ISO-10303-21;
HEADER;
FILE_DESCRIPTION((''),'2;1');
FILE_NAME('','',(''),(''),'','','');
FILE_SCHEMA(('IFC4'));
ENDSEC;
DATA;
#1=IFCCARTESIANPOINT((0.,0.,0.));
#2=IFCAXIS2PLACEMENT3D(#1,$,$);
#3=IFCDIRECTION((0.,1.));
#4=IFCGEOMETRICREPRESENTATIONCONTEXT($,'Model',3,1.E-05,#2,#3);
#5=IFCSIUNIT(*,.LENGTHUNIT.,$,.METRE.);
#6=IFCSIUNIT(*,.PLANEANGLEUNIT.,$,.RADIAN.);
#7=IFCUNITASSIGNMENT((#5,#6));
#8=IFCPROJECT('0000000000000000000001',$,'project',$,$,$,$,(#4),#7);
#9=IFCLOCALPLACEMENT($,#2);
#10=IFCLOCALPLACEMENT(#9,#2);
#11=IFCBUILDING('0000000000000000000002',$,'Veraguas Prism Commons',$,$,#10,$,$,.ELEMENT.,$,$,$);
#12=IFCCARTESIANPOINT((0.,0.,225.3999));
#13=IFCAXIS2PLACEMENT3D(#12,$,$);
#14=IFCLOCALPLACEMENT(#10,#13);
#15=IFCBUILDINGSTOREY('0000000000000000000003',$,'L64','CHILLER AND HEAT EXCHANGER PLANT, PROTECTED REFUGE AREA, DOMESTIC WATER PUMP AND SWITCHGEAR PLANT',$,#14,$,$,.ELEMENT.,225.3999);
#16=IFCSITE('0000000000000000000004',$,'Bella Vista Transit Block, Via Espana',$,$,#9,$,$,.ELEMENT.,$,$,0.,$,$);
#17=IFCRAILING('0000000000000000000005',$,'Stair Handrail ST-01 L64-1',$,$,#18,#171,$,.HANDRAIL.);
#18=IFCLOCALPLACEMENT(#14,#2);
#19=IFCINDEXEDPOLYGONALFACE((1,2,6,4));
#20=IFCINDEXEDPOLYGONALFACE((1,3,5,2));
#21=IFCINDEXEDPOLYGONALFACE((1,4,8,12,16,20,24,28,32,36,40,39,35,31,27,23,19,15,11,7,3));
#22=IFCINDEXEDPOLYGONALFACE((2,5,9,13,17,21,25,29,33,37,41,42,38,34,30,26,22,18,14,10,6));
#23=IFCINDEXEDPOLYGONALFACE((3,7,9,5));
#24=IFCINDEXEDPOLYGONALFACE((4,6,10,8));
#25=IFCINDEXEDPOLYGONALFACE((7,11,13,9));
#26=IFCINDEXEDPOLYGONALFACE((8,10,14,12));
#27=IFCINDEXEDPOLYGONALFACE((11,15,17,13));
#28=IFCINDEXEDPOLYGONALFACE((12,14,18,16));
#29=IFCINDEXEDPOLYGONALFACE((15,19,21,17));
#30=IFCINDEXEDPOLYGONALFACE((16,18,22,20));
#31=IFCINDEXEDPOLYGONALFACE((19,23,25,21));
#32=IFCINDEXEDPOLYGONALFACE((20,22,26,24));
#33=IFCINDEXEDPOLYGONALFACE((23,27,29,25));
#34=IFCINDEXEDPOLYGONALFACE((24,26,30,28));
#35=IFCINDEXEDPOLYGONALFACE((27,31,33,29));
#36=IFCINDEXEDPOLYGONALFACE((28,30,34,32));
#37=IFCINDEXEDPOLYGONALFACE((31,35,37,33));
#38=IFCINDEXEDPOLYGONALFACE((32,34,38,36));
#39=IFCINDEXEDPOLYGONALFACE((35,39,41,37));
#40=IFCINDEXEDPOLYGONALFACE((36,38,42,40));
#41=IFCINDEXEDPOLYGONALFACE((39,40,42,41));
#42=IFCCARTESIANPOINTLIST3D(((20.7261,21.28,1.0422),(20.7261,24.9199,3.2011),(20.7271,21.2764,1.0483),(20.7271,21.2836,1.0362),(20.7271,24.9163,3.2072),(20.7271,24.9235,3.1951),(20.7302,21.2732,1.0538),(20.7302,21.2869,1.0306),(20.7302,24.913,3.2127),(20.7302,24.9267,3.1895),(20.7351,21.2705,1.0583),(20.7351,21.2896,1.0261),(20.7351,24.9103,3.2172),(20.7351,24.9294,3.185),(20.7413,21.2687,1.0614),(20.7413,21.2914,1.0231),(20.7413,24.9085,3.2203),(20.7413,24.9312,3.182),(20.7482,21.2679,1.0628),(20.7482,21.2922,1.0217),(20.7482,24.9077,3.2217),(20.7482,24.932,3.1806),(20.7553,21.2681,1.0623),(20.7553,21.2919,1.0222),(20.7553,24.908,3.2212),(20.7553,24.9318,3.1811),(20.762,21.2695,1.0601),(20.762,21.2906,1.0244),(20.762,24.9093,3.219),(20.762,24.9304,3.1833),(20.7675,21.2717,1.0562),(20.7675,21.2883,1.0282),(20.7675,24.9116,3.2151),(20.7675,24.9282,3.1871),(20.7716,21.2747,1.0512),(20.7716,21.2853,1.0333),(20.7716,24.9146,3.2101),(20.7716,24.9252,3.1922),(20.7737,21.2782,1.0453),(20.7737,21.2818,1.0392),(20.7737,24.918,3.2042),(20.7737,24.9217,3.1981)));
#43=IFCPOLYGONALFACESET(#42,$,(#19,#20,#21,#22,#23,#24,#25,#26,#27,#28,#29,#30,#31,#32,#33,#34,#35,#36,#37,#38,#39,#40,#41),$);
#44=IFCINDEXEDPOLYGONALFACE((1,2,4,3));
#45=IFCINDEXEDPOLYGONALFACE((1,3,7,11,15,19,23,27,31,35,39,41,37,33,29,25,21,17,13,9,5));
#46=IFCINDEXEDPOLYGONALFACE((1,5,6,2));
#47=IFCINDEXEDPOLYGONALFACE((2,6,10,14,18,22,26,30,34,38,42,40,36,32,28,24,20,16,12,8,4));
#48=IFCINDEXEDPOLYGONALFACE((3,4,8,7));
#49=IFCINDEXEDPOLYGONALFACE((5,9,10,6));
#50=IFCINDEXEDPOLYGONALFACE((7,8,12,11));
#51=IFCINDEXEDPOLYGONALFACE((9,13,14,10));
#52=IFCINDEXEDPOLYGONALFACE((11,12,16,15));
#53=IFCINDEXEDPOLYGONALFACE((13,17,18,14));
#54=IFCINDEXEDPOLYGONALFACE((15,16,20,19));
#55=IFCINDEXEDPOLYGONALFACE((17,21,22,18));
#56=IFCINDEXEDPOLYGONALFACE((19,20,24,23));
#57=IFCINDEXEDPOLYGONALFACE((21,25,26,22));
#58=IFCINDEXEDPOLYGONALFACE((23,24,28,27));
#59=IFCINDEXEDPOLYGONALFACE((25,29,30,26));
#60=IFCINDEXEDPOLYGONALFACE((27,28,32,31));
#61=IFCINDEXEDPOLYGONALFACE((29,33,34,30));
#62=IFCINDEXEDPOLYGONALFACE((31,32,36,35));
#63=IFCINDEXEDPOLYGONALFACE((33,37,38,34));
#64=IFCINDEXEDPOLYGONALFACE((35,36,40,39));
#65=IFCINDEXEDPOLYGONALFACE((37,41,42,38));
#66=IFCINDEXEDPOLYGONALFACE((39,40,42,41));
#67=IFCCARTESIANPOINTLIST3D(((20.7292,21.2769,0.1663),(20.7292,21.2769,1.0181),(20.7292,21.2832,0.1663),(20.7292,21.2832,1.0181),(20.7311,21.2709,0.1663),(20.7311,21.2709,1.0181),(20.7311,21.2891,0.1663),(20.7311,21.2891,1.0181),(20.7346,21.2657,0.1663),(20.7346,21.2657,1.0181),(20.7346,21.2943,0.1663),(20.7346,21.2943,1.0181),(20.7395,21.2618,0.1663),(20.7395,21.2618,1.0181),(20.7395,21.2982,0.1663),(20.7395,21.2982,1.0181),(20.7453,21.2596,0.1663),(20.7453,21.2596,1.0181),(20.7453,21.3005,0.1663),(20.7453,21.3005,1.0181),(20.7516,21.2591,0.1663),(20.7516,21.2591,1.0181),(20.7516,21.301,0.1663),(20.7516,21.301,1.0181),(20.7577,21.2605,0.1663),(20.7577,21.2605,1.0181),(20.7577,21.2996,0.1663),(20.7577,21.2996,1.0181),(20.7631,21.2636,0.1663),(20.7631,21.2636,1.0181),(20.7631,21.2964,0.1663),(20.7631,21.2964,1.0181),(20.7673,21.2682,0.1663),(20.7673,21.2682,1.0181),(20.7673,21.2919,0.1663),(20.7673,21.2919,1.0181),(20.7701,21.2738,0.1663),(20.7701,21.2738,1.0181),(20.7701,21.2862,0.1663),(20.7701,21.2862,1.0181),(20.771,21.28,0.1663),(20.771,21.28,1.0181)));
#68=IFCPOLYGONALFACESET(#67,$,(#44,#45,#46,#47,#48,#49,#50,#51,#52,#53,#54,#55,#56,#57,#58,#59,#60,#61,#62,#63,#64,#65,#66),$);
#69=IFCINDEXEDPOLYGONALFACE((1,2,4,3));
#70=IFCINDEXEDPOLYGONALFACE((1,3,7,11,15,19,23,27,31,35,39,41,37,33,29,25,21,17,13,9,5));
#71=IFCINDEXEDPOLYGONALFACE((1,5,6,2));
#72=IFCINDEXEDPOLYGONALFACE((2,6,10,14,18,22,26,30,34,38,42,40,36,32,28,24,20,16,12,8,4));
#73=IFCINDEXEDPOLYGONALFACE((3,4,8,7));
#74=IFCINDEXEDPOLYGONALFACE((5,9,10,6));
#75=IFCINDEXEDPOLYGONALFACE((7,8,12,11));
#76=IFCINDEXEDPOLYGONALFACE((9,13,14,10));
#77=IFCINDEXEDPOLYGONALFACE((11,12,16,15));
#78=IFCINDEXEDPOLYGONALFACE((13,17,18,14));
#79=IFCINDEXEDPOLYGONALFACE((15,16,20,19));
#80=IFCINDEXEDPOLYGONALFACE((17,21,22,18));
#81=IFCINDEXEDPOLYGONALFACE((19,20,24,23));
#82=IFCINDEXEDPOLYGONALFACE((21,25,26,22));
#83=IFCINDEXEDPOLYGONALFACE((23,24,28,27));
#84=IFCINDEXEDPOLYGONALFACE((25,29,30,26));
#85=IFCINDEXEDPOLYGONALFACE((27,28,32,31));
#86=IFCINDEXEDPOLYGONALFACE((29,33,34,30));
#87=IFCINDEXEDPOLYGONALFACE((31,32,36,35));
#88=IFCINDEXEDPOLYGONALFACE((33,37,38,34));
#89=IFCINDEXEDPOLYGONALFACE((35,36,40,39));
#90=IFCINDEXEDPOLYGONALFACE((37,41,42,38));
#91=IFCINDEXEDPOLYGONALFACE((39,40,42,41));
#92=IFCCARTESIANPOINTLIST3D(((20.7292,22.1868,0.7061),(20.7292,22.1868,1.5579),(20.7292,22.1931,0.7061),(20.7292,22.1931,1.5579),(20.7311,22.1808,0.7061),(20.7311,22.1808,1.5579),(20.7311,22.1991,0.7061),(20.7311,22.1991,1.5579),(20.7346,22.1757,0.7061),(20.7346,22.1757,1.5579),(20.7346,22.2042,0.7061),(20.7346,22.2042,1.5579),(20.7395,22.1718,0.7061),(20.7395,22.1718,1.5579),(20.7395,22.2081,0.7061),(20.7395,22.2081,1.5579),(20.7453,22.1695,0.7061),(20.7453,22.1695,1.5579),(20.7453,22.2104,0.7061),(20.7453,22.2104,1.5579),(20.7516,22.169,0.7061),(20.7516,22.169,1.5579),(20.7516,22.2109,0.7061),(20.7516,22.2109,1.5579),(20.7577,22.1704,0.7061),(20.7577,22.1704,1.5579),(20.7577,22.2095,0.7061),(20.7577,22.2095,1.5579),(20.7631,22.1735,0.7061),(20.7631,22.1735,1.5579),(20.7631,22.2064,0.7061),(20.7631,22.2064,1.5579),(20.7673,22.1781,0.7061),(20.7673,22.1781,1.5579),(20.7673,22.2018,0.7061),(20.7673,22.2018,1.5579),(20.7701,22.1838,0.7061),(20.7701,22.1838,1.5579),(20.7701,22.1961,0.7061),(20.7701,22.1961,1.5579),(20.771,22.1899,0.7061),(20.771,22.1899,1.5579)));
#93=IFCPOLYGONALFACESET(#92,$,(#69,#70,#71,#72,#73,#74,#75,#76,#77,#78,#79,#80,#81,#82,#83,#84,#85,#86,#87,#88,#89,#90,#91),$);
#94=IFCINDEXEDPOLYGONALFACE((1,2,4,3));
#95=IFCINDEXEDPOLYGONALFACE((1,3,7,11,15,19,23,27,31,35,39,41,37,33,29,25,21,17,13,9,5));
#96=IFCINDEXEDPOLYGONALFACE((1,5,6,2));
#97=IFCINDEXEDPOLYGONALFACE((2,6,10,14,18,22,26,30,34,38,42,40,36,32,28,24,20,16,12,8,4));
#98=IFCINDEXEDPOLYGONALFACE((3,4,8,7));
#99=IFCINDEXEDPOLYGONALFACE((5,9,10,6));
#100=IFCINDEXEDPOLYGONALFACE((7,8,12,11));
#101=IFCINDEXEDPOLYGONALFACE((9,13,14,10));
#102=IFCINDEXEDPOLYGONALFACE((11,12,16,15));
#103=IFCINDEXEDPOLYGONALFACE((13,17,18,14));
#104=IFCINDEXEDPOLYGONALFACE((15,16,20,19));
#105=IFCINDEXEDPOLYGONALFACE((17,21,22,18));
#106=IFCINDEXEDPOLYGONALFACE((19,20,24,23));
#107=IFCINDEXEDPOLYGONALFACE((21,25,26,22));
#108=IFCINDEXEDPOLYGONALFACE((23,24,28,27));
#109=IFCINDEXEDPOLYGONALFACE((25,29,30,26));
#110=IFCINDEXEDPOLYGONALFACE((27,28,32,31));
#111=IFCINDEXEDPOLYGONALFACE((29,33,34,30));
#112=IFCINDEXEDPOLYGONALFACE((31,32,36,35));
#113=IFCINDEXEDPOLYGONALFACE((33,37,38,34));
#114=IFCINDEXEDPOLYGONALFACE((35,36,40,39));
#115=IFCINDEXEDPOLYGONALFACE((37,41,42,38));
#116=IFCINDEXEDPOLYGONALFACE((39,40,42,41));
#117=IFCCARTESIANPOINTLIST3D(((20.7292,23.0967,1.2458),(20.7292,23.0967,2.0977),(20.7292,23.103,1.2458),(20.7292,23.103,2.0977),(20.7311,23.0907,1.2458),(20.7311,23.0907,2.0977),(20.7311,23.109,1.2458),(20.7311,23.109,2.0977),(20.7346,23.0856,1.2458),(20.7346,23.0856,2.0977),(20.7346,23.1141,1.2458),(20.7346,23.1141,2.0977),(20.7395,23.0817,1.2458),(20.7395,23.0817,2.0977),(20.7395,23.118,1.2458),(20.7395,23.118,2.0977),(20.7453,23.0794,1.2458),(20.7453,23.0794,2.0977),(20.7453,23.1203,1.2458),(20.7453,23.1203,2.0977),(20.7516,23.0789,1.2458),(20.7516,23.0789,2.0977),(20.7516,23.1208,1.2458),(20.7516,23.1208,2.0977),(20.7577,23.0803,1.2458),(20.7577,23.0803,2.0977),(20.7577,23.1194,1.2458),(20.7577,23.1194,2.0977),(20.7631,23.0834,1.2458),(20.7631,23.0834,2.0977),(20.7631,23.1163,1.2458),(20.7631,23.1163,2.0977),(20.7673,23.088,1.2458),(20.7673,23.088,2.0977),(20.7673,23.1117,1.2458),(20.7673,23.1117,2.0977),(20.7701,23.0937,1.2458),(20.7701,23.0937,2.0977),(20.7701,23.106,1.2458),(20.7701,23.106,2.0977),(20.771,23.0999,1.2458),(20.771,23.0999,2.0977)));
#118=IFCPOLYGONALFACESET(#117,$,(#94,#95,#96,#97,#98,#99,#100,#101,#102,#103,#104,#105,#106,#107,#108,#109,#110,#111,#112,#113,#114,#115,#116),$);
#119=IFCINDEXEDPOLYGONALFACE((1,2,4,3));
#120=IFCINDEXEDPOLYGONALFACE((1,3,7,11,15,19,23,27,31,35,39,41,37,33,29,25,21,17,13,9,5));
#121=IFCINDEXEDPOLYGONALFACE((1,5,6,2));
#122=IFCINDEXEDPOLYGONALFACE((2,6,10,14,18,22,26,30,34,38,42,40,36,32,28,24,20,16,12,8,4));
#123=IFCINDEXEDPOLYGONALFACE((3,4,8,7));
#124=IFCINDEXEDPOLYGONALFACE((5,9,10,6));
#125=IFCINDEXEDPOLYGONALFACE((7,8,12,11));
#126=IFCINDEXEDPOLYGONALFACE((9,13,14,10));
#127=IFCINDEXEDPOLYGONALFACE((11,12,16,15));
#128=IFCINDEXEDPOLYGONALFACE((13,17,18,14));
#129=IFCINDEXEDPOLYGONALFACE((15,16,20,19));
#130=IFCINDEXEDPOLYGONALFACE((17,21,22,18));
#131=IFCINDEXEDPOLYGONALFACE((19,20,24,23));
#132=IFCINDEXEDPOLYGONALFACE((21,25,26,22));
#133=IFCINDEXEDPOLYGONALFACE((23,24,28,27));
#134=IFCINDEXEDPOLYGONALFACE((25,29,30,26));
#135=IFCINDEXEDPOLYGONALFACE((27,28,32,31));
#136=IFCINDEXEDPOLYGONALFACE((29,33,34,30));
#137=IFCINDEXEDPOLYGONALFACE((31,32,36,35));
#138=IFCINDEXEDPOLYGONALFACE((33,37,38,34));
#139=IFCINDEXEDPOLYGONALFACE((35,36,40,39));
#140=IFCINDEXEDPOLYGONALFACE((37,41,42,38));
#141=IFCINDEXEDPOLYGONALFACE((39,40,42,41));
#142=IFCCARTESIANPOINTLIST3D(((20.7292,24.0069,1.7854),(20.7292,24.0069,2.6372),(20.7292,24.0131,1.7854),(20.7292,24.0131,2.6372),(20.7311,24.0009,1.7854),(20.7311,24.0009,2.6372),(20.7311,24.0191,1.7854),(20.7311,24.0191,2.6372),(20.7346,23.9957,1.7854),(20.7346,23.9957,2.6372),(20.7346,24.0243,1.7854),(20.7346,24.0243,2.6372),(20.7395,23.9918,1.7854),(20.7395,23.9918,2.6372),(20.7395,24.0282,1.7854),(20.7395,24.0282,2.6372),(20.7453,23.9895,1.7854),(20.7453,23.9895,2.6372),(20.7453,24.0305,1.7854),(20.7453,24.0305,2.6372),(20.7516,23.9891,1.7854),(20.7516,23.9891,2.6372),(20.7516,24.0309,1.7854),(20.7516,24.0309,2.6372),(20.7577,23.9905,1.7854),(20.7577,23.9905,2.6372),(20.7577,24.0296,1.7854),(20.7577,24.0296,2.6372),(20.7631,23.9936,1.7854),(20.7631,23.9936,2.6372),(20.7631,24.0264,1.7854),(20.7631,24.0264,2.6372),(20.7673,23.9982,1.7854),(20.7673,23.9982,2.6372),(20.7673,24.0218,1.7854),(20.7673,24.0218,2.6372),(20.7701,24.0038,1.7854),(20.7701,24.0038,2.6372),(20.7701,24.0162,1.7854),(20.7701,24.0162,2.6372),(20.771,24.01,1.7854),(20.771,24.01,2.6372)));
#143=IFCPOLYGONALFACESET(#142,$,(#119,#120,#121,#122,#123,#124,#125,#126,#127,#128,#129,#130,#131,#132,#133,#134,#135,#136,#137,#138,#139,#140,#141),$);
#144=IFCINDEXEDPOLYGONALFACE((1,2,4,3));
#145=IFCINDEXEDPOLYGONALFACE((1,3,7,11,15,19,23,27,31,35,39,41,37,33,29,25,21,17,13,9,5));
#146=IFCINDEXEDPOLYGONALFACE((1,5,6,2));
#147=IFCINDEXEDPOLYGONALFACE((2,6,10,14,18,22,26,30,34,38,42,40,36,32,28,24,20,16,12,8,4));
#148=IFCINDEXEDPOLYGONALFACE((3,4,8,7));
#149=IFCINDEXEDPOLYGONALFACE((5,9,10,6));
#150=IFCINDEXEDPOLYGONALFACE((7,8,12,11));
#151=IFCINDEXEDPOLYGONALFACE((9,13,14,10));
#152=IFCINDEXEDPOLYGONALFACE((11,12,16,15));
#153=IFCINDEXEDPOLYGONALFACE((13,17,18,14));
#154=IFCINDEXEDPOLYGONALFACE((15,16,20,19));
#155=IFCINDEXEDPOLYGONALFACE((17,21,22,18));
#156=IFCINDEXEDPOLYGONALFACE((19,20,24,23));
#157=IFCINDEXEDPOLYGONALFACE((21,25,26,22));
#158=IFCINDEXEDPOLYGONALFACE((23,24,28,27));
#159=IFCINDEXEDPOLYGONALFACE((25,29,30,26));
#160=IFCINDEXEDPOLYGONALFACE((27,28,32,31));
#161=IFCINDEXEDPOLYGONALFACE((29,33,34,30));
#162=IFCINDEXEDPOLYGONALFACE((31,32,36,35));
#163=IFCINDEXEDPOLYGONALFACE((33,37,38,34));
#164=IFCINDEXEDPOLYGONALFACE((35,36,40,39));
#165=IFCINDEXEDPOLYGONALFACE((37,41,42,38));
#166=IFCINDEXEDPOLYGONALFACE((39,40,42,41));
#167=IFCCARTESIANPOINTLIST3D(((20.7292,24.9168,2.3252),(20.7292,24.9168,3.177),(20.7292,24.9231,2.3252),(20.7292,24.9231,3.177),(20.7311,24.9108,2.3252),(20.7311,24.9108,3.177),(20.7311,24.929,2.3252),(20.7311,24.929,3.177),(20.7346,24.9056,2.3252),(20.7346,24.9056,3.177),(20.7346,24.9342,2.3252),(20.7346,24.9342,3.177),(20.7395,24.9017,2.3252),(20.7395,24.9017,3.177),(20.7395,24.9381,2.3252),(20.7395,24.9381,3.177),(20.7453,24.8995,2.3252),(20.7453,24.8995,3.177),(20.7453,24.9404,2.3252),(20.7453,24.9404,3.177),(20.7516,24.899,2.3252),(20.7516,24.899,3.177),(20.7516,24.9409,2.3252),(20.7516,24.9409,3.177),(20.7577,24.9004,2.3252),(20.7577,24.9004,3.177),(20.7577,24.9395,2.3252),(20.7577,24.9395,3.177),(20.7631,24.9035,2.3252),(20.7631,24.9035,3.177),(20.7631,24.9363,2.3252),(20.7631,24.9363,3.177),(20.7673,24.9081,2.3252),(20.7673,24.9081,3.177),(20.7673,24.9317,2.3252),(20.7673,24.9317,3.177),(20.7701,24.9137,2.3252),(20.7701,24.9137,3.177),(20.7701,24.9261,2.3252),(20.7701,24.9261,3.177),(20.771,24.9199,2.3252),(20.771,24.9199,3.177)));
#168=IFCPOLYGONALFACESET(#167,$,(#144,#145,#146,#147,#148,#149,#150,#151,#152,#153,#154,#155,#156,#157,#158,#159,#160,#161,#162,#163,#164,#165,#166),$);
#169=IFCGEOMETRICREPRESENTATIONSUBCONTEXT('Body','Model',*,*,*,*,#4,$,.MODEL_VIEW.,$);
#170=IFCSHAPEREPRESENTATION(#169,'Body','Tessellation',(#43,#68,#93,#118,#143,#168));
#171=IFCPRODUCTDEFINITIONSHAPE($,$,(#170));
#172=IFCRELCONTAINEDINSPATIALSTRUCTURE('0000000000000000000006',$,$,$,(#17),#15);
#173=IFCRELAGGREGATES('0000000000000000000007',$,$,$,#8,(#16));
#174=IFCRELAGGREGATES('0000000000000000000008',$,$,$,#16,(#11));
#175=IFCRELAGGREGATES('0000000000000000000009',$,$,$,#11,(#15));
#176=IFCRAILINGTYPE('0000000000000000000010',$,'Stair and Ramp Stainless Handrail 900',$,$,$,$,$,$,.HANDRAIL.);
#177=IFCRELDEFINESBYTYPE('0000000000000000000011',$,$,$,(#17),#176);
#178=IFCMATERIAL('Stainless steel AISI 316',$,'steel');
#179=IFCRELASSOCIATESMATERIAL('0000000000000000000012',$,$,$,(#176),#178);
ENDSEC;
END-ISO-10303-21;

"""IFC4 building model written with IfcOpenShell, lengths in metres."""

from ifc_helpers import new_model, si_unit, direction, frame, origin, origin_2d, place, context, subcontext, project, spatial, circle, extrude, material, type_object, element, save


model = new_model("IFC4")

# Units and contexts
model_context = context("Model", 3, precision=1e-05, world=origin(), true_north=direction((0.0, 1.0)))
body_context = subcontext(model_context, "Body", "Model", "MODEL_VIEW")
ifc_project = project(units=[si_unit("LENGTHUNIT", "METRE"), si_unit("PLANEANGLEUNIT", "RADIAN")], contexts=[model_context])

# Site, building, storey
site_placement = place(None, origin())
site = spatial("IfcSite", under=ifc_project, at=site_placement, Name="Bella Vista Transit Block, Via Espana", CompositionType="ELEMENT", RefElevation=0.0)
building_placement = place(site_placement, origin())
building = spatial("IfcBuilding", under=site, at=building_placement, Name="Veraguas Prism Commons", CompositionType="ELEMENT")
storey_placement = place(building_placement, frame((0.0, 0.0, 225.3999)))
storey = spatial("IfcBuildingStorey", under=building, at=storey_placement, Name="L64", Description="CHILLER AND HEAT EXCHANGER PLANT, PROTECTED REFUGE AREA, DOMESTIC WATER PUMP AND SWITCHGEAR PLANT", CompositionType="ELEMENT", Elevation=225.3999)

# Shared definitions
ifc_material_1 = material(Name="Stainless steel AISI 316", Category="steel")

# Railing
railing_type_1 = type_object("IfcRailingType", Name="Stair and Ramp Stainless Handrail 900", PredefinedType="HANDRAIL", material=ifc_material_1)
railing_1_placement = place(storey_placement, frame((20.75, 21.28, 0.1663)))
element("IfcRailing", 1, at=railing_1_placement, inside=storey, type_object=railing_type_1, Name="Stair Handrail ST-01 L64-1", PredefinedType="HANDRAIL", context=body_context, shape_type="SweptSolid", body=[
    extrude(circle(Radius=0.0239, at=origin_2d()), frame((0.0, 0.0, 0.876), z_axis=(0.0, 0.860088, 0.510145), x_axis=(-1.0, 0.0, 0.0)), (0.0, 0.0, 1.0), 4.2319),
    extrude(circle(Radius=0.021, at=origin_2d()), origin(), (0.0, 0.0, 1.0), 0.8518),
    extrude(circle(Radius=0.021, at=origin_2d()), frame((0.0, 0.9099, 0.5398)), (0.0, 0.0, 1.0), 0.8518),
    extrude(circle(Radius=0.021, at=origin_2d()), frame((0.0, 1.8198, 1.0796)), (0.0, 0.0, 1.0), 0.8518),
    extrude(circle(Radius=0.021, at=origin_2d()), frame((0.0, 2.73, 1.6191)), (0.0, 0.0, 1.0), 0.8518),
    extrude(circle(Radius=0.021, at=origin_2d()), frame((0.0, 3.6399, 2.1589)), (0.0, 0.0, 1.0), 0.8518),
])

save(model, "model.ifc")
